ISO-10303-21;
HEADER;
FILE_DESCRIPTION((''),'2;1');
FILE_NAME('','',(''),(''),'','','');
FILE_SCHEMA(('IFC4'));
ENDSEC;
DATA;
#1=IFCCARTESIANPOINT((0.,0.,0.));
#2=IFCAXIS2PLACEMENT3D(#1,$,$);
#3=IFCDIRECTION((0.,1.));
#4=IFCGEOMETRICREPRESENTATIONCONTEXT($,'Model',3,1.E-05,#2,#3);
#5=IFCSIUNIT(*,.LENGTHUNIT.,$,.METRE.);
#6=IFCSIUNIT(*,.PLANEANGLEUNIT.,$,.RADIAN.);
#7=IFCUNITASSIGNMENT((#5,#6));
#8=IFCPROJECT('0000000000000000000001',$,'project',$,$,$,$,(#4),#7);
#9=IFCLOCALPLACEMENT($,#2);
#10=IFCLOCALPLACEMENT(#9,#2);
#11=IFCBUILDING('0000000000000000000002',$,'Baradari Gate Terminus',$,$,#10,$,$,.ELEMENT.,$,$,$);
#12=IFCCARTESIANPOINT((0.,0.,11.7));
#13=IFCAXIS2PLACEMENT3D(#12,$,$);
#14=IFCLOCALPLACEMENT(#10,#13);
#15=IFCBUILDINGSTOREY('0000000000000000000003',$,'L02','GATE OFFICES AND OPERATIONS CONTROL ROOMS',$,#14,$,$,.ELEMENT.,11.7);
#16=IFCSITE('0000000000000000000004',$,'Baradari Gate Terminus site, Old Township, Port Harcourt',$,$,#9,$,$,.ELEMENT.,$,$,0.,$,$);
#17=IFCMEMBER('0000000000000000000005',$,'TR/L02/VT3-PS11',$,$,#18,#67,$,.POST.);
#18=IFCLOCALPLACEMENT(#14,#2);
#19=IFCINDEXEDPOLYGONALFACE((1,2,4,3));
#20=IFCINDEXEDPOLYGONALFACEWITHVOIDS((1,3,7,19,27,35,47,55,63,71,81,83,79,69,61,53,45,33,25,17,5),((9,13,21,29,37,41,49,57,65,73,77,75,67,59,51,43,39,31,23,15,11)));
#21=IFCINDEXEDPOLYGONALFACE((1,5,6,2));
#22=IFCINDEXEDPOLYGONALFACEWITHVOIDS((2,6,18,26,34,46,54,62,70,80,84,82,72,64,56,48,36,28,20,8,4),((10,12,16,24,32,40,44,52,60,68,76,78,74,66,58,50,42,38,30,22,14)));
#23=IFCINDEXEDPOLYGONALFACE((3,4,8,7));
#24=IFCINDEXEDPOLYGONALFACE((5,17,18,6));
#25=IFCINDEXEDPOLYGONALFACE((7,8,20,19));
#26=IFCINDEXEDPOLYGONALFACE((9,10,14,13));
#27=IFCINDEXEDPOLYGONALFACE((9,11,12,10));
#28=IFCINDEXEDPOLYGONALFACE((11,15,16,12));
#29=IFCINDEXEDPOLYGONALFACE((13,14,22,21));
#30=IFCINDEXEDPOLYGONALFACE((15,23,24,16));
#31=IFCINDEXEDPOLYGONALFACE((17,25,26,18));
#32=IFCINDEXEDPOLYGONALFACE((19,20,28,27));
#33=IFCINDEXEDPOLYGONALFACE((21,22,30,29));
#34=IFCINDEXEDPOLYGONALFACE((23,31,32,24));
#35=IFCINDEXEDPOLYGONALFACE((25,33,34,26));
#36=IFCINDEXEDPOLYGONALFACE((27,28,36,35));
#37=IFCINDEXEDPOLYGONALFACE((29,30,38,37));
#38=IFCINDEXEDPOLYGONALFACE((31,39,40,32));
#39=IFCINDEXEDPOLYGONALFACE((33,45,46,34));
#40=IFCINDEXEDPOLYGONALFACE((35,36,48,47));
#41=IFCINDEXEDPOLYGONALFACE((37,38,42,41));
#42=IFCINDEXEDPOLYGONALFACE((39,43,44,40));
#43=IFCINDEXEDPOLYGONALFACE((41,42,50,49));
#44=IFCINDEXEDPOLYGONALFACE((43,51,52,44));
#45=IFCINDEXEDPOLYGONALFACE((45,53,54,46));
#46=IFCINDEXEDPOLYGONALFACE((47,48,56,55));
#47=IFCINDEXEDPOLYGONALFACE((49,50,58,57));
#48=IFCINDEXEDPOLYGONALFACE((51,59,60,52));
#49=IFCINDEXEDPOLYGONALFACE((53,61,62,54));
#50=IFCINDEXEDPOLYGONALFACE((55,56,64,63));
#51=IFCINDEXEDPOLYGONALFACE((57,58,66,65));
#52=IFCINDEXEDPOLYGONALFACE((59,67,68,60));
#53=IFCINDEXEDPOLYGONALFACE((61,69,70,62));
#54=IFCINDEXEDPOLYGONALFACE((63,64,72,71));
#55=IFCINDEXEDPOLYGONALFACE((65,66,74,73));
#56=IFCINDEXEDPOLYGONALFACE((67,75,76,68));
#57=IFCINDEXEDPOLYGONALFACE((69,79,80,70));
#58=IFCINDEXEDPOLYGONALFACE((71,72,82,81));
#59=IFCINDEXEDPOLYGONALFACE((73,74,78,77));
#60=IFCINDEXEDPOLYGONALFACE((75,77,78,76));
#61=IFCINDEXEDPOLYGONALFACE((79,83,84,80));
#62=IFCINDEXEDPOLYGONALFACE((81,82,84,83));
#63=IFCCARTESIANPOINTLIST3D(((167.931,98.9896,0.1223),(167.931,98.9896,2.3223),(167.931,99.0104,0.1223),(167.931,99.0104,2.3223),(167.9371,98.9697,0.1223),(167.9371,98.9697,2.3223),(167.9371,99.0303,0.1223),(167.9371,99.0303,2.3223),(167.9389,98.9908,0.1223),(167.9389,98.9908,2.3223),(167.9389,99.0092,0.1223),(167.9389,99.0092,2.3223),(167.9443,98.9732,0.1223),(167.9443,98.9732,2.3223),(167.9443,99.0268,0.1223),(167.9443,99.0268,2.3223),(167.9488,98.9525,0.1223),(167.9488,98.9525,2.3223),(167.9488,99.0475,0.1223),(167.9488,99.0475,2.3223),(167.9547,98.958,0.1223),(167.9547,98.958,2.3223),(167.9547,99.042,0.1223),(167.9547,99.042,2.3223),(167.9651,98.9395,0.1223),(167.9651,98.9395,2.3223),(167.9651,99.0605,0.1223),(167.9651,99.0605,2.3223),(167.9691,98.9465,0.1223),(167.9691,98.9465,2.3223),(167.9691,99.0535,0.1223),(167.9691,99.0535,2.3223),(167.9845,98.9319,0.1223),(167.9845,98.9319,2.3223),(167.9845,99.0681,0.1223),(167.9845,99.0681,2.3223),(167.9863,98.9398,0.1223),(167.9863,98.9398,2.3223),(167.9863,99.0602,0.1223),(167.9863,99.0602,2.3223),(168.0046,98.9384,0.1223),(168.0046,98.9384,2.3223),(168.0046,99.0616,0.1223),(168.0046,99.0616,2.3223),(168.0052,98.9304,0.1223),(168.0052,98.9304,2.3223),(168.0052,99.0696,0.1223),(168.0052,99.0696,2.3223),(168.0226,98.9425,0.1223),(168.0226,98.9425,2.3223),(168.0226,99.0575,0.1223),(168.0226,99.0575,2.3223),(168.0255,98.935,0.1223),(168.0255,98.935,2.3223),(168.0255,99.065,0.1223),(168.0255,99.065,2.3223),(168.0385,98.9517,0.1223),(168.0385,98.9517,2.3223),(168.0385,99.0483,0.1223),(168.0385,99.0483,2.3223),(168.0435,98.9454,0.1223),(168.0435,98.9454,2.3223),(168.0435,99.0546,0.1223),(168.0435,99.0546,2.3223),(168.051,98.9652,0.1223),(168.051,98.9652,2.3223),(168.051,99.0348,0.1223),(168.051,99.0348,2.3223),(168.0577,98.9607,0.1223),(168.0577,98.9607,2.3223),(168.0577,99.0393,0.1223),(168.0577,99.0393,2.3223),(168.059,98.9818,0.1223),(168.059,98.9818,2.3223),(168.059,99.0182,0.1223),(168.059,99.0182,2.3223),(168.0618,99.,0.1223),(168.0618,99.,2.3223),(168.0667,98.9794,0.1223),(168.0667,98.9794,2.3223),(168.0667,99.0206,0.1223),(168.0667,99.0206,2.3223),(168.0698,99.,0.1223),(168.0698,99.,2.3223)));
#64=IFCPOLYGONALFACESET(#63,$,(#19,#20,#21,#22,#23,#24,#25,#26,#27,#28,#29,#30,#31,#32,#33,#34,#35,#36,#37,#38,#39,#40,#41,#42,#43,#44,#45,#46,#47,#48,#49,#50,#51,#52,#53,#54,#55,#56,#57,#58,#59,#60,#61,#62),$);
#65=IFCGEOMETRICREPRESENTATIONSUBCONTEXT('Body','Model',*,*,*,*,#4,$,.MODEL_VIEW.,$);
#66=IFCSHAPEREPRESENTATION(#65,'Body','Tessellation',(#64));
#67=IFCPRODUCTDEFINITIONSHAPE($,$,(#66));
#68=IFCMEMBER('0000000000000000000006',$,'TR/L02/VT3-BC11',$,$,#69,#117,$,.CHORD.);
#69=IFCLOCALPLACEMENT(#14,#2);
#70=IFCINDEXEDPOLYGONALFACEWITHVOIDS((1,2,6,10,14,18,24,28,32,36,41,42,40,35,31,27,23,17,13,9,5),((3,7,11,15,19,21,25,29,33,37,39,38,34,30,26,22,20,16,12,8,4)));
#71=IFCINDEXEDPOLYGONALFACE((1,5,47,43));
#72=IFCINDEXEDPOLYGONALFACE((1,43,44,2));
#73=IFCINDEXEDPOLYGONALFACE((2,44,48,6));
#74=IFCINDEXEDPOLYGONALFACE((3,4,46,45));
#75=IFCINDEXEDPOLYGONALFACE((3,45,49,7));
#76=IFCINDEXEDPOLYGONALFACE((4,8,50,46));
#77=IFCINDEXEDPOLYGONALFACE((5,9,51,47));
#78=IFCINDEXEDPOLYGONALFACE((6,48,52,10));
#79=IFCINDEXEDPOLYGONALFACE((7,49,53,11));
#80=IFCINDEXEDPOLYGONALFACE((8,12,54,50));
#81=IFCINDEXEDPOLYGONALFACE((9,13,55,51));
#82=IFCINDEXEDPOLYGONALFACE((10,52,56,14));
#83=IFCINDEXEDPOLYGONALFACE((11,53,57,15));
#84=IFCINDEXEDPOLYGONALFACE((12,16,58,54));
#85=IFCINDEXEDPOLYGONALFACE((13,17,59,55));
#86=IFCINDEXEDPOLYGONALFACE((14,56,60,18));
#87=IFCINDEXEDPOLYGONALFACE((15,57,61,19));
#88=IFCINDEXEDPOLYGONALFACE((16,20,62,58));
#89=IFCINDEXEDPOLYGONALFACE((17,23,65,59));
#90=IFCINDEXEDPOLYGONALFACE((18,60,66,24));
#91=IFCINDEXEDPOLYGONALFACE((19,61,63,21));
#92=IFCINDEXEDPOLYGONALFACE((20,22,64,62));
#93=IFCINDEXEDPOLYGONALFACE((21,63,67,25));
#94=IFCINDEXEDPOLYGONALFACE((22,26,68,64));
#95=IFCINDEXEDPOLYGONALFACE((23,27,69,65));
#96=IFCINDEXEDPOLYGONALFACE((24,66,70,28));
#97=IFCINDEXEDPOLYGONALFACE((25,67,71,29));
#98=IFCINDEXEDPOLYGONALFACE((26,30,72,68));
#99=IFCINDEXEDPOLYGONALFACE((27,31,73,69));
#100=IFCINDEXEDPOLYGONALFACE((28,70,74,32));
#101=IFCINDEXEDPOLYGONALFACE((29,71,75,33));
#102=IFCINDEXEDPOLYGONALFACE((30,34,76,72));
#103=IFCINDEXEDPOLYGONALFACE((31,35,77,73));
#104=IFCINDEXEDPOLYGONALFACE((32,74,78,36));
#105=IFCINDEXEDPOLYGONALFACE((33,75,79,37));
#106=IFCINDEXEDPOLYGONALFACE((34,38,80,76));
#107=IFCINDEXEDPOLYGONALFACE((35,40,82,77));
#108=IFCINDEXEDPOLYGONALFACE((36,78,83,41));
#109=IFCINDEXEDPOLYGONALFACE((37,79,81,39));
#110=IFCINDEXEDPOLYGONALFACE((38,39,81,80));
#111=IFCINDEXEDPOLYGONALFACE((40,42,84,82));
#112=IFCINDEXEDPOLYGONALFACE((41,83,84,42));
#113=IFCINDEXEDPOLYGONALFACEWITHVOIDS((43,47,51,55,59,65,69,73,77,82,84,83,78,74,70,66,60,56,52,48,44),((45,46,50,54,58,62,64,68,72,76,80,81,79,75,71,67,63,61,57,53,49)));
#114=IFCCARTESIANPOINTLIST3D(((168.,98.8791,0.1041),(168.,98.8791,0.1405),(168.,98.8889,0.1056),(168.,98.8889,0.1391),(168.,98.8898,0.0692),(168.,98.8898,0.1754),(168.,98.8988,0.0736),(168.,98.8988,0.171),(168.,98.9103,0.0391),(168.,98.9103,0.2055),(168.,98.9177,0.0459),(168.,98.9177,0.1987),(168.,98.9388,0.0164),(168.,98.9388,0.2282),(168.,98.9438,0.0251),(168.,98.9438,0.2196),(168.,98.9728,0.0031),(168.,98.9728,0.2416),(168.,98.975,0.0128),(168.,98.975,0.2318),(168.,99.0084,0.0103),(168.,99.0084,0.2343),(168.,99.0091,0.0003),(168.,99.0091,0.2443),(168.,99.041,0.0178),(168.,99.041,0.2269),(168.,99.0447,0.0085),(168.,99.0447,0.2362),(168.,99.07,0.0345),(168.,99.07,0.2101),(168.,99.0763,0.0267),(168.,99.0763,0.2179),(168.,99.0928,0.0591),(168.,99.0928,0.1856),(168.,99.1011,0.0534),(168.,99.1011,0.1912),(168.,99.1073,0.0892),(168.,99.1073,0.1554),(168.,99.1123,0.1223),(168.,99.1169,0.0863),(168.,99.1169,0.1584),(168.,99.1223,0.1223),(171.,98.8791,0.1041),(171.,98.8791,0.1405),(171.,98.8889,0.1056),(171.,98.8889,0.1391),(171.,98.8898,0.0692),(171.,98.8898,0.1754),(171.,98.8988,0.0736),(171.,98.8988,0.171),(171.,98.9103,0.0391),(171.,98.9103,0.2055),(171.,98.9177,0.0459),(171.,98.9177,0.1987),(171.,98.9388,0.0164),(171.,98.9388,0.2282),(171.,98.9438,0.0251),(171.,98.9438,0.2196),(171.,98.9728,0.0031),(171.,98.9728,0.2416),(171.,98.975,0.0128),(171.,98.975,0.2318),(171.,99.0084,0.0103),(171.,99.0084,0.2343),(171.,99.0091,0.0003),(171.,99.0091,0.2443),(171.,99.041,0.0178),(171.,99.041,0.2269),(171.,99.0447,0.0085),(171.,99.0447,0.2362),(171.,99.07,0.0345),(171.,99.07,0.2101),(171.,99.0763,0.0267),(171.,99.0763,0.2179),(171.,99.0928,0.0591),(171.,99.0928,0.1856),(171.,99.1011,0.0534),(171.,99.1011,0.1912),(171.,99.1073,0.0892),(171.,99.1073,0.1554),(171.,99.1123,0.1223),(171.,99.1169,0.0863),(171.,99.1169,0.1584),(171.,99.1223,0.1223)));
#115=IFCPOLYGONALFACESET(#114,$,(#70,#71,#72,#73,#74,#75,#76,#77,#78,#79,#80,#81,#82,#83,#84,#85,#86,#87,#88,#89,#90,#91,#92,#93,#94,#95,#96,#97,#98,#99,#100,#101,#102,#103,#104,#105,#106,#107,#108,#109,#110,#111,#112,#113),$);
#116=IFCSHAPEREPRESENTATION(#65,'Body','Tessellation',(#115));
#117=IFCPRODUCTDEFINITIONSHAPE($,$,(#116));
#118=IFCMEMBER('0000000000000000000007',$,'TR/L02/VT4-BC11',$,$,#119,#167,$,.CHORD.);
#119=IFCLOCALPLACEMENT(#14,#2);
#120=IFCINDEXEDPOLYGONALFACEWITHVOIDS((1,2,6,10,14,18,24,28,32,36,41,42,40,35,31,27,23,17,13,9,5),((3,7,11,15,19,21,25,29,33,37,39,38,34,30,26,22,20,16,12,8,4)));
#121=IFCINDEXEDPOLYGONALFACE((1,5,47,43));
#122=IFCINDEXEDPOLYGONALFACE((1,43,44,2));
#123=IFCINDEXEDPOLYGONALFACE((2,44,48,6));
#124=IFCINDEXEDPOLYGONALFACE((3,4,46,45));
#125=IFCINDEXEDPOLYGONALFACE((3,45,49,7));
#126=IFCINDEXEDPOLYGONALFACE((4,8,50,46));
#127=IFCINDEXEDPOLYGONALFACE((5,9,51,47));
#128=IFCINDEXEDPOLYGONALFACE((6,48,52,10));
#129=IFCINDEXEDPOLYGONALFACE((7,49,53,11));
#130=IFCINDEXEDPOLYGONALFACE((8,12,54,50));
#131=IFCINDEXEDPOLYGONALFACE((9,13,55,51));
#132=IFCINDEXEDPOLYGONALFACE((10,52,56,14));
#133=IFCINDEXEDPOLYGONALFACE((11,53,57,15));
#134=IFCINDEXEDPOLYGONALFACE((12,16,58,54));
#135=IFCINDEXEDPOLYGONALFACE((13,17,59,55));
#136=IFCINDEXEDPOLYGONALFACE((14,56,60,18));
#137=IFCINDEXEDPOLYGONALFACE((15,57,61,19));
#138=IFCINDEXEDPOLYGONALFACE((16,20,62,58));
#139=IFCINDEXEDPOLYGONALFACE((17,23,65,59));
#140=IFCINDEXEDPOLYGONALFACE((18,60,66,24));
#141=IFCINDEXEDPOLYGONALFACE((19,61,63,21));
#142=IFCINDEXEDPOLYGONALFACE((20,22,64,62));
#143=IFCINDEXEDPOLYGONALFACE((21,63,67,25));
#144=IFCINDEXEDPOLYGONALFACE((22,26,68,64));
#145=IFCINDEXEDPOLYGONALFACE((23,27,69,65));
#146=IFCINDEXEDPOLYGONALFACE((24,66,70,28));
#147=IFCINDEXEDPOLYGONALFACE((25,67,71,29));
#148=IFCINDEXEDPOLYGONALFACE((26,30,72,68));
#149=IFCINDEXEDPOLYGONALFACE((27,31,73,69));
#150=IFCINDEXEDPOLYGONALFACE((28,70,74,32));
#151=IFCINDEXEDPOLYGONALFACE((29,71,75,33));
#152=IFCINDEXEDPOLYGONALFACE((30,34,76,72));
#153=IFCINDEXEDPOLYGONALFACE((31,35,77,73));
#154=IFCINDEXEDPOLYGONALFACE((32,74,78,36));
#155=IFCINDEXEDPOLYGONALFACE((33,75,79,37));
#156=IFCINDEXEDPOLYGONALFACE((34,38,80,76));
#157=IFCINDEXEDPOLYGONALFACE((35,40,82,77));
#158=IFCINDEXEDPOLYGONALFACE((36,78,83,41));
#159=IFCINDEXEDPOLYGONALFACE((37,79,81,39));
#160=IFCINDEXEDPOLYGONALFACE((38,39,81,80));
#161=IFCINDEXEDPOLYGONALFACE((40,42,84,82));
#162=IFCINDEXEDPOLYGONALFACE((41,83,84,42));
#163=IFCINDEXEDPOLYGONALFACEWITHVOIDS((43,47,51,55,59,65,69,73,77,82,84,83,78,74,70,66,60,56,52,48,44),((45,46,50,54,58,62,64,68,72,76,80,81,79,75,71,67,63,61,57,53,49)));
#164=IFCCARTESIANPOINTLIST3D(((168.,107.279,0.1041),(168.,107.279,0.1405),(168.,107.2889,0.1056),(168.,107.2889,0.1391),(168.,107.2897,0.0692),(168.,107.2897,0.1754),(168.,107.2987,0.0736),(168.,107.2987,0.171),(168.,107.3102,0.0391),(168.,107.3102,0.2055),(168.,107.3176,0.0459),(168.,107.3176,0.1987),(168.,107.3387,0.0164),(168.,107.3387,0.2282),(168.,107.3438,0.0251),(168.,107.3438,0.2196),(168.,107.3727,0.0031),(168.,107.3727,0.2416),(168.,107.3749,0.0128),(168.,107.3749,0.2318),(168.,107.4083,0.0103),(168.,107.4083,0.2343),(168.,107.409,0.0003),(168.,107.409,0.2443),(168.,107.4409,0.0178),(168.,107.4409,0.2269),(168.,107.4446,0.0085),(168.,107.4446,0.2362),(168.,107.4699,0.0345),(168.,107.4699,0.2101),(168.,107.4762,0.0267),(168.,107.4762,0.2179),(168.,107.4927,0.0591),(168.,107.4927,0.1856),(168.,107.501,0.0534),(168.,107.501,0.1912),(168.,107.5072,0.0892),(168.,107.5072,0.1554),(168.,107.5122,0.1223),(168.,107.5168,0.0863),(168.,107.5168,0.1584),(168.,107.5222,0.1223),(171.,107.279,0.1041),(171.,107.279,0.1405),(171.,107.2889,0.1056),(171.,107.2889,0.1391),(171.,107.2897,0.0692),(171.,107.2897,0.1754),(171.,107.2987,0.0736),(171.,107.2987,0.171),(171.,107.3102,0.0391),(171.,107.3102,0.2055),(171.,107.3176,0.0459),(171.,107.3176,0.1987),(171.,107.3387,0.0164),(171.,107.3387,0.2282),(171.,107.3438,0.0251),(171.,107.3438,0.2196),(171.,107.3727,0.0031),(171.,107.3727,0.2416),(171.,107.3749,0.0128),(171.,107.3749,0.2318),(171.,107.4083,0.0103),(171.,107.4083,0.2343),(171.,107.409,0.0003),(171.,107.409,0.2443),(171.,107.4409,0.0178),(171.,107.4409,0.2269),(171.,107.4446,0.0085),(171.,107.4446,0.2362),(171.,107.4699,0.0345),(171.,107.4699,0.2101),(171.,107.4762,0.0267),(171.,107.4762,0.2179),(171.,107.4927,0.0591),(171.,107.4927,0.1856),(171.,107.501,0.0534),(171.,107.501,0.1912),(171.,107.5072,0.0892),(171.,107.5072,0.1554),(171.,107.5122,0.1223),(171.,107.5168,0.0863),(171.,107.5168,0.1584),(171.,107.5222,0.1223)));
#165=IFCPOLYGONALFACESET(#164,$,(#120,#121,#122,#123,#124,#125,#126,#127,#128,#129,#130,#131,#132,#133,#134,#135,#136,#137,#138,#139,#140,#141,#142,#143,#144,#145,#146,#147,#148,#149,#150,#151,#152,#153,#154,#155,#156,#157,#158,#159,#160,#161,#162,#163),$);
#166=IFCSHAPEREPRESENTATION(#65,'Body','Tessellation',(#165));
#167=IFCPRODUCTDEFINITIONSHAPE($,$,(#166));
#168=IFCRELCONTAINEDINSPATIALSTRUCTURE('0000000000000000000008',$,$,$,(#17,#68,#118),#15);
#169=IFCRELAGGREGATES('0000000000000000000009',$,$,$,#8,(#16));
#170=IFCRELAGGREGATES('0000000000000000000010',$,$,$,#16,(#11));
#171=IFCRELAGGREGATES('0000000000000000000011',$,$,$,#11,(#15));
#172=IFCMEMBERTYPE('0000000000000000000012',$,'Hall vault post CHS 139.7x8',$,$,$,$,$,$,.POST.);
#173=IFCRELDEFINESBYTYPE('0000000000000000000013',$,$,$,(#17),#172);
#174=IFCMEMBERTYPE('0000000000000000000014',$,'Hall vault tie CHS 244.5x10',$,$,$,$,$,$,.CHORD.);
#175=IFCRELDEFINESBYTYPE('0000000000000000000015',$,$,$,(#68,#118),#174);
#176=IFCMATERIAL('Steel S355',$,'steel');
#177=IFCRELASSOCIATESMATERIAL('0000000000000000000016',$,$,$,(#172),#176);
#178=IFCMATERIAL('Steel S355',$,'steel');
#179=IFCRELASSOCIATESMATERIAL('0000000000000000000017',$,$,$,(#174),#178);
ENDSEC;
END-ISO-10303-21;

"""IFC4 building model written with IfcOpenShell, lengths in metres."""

from ifc_helpers import new_model, si_unit, direction, frame, origin, origin_2d, place, context, subcontext, project, spatial, hollow_circle, extrude, material, material_profile, profile_set, type_object, element, save


model = new_model("IFC4")

# Units and contexts
model_context = context("Model", 3, precision=1e-05, world=origin(), true_north=direction((0.0, 1.0)))
body_context = subcontext(model_context, "Body", "Model", "MODEL_VIEW")
ifc_project = project(units=[si_unit("LENGTHUNIT", "METRE"), si_unit("PLANEANGLEUNIT", "RADIAN")], contexts=[model_context])

# Site, building, storey
site_placement = place(None, origin())
site = spatial("IfcSite", under=ifc_project, at=site_placement, Name="Baradari Gate Terminus site, Old Township, Port Harcourt", CompositionType="ELEMENT", RefElevation=0.0)
building_placement = place(site_placement, origin())
building = spatial("IfcBuilding", under=site, at=building_placement, Name="Baradari Gate Terminus", CompositionType="ELEMENT")
storey_placement = place(building_placement, frame((0.0, 0.0, 11.7)))
storey = spatial("IfcBuildingStorey", under=building, at=storey_placement, Name="L02", Description="GATE OFFICES AND OPERATIONS CONTROL ROOMS", CompositionType="ELEMENT", Elevation=11.7)

# Members
ifc_material_1 = material(Name="Steel S355", Category="steel")
ifc_material_profile_1 = material_profile(ifc_material_1, hollow_circle(Radius=0.0698, WallThickness=0.0081, at=origin_2d()), Name="CHS 139.7x8")
ifc_profile_set_1 = profile_set([ifc_material_profile_1], Name="Steel S355")
member_type_1 = type_object("IfcMemberType", Name="Hall vault post CHS 139.7x8", PredefinedType="POST", material=ifc_profile_set_1)
member_1_placement = place(storey_placement, frame((168.0, 99.0, 0.1223), z_axis=(0.0, 0.0, 1.0), x_axis=(1.0, 0.0, 0.0)))
element("IfcMember", 1, at=member_1_placement, inside=storey, type_object=member_type_1, Name="TR/L02/VT3-PS11", PredefinedType="POST", context=body_context, shape_type="SweptSolid", body=[
    extrude(hollow_circle(Radius=0.0698, WallThickness=0.0081, at=origin_2d()), origin(), (0.0, 0.0, 1.0), 2.2),
])
ifc_material_2 = material(Name="Steel S355", Category="steel")
ifc_material_profile_2 = material_profile(ifc_material_2, hollow_circle(Radius=0.1223, WallThickness=0.01, at=origin_2d()), Name="CHS 244.5x10")
ifc_profile_set_2 = profile_set([ifc_material_profile_2], Name="Steel S355")
member_type_2 = type_object("IfcMemberType", Name="Hall vault tie CHS 244.5x10", PredefinedType="CHORD", material=ifc_profile_set_2)
for number, where, z_axis, x_axis, name in (
    (2, (168.0, 99.0, 0.1223), (1.0, 0.0, 0.0), (0.0, 1.0, 0.0), "TR/L02/VT3-BC11"),
    (3, (168.0, 107.3999, 0.1223), (1.0, 0.0, 0.0), (0.0, 1.0, 0.0), "TR/L02/VT4-BC11"),
):
    element("IfcMember", number, at=place(storey_placement, frame(where, z_axis=z_axis, x_axis=x_axis)), inside=storey, type_object=member_type_2, Name=name, PredefinedType="CHORD", context=body_context, shape_type="SweptSolid", body=[
        extrude(hollow_circle(Radius=0.1223, WallThickness=0.01, at=origin_2d()), origin(), (0.0, 0.0, 1.0), 3.0),
    ])

save(model, "model.ifc")
